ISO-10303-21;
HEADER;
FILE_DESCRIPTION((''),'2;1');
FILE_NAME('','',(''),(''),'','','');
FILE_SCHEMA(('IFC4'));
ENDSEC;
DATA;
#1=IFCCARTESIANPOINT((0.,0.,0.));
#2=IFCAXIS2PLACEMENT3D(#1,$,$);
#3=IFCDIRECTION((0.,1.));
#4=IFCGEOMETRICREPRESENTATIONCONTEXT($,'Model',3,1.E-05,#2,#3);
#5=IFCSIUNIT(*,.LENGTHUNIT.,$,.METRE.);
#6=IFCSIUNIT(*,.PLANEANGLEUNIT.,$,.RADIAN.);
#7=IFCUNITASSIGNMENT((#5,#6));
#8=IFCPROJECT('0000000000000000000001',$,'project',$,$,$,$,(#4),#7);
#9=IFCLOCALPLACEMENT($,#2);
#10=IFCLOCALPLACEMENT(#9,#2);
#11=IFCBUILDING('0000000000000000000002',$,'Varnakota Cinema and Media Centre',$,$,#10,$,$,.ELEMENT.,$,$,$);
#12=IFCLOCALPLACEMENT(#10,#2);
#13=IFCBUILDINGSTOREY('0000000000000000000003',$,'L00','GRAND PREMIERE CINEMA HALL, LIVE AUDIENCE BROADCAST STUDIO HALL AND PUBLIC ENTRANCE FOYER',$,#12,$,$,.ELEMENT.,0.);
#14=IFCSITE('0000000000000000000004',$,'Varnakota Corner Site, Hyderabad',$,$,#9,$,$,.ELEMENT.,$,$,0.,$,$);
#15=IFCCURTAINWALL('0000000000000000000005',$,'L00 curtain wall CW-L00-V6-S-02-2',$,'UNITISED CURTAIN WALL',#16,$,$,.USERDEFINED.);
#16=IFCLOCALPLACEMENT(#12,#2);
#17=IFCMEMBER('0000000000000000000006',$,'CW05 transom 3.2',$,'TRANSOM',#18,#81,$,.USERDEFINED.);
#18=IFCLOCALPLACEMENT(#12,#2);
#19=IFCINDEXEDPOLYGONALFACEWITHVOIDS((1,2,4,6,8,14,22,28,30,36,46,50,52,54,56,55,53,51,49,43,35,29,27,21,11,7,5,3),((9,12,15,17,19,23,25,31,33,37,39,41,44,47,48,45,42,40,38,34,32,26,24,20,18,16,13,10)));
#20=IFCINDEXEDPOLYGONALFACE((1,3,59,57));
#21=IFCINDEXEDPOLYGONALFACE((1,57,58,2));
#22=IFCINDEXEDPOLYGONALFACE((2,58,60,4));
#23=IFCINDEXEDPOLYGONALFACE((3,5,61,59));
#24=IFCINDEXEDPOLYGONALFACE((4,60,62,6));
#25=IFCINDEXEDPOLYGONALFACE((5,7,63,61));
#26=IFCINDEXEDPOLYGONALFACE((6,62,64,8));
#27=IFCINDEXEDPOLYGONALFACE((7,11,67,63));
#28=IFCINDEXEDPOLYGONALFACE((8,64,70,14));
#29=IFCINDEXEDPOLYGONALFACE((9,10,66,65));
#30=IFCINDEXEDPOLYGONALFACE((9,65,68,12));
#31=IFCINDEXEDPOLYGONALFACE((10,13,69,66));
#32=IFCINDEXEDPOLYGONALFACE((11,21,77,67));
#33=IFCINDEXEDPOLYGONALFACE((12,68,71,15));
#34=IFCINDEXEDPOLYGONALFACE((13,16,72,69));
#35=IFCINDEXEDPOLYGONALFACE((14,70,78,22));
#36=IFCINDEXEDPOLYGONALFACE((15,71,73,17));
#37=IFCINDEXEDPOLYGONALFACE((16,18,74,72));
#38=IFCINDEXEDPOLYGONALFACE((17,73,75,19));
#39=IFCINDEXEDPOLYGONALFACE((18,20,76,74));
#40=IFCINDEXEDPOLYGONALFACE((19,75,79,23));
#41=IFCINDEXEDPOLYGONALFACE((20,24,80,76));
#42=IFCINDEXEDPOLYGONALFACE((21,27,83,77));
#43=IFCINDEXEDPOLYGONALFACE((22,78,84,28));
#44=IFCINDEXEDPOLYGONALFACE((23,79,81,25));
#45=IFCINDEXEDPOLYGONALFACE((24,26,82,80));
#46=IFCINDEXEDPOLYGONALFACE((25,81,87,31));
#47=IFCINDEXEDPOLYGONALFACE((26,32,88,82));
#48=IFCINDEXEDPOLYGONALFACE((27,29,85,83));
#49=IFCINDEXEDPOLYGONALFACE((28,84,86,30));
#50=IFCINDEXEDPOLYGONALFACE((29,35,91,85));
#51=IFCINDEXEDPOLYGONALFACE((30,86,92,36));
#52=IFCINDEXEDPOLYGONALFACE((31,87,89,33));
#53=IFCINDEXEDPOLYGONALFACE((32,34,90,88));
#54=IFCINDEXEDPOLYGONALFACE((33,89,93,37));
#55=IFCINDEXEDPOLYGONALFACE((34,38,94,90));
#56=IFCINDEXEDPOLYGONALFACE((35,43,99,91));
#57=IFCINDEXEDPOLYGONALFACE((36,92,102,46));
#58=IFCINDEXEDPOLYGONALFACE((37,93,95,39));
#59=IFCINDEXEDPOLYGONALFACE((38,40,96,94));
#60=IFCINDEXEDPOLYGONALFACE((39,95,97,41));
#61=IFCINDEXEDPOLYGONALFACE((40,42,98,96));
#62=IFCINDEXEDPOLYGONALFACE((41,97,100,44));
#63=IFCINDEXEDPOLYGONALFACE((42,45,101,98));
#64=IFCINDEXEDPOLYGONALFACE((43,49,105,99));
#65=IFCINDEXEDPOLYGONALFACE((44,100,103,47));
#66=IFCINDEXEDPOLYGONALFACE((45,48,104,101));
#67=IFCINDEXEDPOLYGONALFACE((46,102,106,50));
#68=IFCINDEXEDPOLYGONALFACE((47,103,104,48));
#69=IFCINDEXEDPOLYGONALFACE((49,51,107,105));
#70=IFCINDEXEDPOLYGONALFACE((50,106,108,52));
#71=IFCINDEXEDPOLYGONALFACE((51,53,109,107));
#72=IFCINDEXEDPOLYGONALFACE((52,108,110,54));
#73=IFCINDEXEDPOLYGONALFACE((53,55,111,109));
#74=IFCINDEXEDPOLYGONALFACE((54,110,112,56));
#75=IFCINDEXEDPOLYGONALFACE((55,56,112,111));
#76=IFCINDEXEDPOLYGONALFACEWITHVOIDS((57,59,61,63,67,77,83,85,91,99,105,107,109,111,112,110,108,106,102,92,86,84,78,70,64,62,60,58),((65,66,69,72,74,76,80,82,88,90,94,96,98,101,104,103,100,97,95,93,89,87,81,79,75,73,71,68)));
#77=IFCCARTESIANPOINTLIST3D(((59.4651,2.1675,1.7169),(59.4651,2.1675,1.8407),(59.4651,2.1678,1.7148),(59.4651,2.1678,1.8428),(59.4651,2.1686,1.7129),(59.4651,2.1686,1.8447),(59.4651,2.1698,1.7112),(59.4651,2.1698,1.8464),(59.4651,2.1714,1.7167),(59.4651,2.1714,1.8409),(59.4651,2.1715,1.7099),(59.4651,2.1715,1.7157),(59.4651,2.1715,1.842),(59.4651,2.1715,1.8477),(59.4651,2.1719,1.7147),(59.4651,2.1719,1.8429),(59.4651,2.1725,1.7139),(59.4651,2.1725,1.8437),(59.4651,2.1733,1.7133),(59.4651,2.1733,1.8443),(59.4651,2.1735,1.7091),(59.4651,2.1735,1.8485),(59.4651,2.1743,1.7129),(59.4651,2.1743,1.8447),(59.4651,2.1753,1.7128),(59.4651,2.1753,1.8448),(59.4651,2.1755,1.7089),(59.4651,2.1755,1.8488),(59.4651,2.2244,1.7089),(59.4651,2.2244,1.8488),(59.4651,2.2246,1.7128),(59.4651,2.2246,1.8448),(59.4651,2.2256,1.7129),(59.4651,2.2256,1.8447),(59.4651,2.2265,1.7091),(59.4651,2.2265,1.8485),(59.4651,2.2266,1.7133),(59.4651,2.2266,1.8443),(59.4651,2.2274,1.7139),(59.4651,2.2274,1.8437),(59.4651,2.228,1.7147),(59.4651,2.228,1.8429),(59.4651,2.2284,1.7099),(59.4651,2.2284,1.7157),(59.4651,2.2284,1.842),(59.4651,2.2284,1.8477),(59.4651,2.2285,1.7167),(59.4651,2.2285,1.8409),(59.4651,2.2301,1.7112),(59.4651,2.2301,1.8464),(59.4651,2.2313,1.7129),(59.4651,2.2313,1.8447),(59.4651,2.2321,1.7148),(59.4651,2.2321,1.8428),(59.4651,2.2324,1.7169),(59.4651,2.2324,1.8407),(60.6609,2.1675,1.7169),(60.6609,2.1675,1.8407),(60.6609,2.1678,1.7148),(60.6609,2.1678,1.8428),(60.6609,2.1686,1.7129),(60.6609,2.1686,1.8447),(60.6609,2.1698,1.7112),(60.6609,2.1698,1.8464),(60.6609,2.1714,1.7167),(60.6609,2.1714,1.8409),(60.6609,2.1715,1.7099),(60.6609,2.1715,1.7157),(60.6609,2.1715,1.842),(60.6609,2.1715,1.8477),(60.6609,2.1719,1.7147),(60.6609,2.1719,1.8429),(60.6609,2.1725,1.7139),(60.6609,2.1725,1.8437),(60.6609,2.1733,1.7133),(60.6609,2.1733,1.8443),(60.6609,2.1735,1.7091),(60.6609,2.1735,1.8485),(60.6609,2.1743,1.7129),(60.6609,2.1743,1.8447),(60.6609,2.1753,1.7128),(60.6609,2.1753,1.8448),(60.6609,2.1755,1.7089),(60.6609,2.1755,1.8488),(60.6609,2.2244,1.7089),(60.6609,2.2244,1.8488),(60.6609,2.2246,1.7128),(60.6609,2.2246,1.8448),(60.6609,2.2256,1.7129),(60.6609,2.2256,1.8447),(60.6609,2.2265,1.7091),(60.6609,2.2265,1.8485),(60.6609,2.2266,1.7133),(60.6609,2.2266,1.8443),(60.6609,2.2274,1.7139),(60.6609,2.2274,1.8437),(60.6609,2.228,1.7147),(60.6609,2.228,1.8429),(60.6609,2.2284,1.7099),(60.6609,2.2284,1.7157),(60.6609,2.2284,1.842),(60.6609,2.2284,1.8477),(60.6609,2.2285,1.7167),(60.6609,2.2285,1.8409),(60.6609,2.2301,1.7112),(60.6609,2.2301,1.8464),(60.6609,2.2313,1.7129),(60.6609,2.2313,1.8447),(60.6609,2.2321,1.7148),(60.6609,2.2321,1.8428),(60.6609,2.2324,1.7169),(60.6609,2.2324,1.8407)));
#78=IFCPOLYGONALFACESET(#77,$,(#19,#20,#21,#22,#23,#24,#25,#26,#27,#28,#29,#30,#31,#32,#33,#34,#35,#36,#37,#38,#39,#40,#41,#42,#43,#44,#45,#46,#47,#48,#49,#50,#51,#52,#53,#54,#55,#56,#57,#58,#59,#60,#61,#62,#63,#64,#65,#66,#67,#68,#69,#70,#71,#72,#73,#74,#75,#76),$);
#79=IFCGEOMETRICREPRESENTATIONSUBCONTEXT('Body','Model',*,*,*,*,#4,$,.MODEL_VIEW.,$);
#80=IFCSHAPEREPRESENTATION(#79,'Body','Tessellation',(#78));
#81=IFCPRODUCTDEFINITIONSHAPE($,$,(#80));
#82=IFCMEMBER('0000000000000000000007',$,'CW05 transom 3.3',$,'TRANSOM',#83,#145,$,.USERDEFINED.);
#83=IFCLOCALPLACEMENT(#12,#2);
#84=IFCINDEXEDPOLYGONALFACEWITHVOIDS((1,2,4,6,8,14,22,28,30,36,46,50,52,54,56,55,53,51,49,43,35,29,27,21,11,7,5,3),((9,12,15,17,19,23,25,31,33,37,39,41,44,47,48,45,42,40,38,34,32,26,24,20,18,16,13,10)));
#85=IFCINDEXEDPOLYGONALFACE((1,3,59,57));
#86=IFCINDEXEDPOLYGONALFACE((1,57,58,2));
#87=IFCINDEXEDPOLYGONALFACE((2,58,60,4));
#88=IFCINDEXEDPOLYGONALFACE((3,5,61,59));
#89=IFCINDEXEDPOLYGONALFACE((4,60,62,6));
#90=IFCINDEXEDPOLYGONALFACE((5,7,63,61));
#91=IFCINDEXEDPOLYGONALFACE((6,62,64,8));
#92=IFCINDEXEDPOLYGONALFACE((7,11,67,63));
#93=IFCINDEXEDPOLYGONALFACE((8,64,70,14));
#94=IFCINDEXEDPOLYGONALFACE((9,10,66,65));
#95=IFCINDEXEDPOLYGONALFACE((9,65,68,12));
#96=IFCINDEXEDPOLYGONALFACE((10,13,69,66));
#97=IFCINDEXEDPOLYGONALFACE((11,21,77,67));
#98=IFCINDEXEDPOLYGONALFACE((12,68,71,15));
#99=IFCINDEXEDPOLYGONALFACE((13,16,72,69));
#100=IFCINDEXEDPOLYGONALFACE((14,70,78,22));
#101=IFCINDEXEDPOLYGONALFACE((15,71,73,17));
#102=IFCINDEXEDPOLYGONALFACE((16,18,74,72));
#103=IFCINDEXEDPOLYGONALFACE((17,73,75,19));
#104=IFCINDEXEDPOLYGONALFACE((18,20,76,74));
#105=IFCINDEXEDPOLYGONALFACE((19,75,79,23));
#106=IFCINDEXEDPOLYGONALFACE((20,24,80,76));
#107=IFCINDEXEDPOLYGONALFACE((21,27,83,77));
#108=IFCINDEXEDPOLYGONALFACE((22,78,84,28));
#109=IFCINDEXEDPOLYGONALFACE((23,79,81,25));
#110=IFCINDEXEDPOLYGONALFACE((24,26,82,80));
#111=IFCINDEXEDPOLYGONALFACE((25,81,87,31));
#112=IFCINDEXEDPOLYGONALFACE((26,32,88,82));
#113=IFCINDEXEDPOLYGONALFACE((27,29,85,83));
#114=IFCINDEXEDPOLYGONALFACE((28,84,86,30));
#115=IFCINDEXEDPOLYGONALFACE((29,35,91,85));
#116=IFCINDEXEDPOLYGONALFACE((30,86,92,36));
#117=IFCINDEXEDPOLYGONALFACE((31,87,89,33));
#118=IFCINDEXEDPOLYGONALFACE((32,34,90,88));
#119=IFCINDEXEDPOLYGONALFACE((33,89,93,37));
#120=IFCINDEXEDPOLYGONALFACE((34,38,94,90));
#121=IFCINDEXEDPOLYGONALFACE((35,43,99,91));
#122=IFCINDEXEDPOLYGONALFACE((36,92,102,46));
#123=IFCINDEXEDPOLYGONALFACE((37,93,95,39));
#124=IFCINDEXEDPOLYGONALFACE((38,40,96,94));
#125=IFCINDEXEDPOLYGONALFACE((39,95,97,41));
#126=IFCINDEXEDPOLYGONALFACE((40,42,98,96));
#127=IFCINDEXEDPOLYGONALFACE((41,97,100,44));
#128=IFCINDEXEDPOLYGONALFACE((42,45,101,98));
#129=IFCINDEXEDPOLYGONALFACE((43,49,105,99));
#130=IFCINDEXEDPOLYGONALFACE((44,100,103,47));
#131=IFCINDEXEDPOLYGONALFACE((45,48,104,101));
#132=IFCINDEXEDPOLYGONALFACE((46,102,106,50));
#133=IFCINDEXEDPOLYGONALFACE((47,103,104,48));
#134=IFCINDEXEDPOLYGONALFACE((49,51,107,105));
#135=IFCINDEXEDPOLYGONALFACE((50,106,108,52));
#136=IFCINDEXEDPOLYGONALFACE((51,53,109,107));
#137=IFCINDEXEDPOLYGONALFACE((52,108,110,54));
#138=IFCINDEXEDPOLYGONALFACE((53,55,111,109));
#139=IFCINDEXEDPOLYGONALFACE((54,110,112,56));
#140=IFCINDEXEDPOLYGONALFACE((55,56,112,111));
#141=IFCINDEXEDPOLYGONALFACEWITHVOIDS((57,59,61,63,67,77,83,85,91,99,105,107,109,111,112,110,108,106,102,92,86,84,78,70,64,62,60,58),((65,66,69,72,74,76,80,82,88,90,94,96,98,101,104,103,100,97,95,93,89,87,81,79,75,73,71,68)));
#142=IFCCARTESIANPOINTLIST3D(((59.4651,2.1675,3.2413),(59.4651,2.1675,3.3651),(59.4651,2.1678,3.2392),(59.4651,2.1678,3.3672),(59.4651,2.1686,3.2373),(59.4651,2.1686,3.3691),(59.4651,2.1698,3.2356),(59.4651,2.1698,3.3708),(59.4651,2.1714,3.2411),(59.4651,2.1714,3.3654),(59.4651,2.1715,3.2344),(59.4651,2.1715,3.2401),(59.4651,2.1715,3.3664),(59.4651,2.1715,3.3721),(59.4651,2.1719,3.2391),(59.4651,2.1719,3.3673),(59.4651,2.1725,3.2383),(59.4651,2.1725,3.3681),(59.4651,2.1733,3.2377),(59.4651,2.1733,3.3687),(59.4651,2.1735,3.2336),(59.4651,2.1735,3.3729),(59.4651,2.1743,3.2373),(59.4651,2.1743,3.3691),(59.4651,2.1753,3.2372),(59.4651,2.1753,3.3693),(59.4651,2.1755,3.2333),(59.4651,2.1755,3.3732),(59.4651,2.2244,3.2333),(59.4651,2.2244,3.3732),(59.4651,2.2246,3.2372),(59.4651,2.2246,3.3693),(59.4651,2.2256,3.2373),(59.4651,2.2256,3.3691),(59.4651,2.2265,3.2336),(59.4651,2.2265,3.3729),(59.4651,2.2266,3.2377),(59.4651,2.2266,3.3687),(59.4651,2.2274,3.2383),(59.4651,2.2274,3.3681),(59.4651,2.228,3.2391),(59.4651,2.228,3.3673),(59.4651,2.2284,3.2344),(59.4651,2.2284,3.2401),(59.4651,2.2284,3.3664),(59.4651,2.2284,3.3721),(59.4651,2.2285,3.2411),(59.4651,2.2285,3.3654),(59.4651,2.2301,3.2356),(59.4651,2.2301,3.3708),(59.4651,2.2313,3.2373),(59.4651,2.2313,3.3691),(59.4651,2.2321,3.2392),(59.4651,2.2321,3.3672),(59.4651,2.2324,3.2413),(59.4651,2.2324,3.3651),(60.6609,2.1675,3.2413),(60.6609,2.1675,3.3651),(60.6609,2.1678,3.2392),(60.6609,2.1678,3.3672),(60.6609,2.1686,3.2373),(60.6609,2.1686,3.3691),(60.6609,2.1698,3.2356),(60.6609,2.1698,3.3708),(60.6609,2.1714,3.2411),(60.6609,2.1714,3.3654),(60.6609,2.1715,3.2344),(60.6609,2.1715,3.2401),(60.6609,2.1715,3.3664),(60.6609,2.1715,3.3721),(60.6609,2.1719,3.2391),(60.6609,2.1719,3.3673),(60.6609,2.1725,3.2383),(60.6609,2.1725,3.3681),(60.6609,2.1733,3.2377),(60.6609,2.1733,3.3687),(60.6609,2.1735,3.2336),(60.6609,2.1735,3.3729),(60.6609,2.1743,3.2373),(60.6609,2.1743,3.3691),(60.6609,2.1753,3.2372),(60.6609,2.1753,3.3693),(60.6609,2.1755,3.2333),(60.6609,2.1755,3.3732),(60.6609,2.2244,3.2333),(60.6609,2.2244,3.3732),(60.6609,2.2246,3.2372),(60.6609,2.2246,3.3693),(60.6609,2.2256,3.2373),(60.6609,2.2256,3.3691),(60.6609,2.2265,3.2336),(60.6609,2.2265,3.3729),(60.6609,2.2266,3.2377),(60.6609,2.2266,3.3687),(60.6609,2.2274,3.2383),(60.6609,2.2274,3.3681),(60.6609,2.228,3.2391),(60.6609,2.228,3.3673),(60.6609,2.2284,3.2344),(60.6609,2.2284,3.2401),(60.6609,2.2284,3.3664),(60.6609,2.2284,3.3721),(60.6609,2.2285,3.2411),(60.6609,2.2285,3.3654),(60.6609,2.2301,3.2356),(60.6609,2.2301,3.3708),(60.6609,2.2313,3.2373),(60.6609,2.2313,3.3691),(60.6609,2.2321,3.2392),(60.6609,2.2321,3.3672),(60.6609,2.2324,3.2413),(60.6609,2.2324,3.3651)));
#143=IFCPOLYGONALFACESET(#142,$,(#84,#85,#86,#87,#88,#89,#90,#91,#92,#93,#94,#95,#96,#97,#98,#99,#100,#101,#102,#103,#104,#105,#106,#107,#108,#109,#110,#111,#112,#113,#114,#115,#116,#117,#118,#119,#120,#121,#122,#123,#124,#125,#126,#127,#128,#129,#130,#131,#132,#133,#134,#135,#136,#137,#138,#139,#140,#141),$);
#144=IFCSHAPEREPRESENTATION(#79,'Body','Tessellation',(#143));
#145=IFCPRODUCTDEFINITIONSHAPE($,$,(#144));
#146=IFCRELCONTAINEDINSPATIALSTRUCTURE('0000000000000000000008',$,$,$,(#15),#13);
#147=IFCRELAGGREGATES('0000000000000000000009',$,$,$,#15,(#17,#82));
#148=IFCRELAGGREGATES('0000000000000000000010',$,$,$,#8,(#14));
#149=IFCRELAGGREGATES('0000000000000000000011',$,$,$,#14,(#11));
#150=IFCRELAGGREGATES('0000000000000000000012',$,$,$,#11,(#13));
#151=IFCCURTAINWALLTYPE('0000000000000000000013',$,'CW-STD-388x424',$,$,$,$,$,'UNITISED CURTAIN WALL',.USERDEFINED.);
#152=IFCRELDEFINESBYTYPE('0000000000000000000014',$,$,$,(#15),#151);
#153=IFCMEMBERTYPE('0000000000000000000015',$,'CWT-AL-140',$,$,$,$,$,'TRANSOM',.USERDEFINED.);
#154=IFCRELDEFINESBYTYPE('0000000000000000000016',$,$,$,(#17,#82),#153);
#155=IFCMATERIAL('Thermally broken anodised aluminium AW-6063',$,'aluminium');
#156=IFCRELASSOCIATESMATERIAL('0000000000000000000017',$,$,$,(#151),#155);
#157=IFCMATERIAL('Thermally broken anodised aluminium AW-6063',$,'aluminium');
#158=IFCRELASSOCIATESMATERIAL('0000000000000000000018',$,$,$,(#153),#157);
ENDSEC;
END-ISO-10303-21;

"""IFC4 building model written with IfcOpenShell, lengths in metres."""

from ifc_helpers import new_model, si_unit, direction, frame, origin, origin_2d, place, context, subcontext, project, spatial, hollow_rectangle, extrude, material, material_profile, profile_set, type_object, element, aggregate, save


model = new_model("IFC4")

# Units and contexts
model_context = context("Model", 3, precision=1e-05, world=origin(), true_north=direction((0.0, 1.0)))
body_context = subcontext(model_context, "Body", "Model", "MODEL_VIEW")
ifc_project = project(units=[si_unit("LENGTHUNIT", "METRE"), si_unit("PLANEANGLEUNIT", "RADIAN")], contexts=[model_context])

# Site, building, storey
site_placement = place(None, origin())
site = spatial("IfcSite", under=ifc_project, at=site_placement, Name="Varnakota Corner Site, Hyderabad", CompositionType="ELEMENT", RefElevation=0.0)
building_placement = place(site_placement, origin())
building = spatial("IfcBuilding", under=site, at=building_placement, Name="Varnakota Cinema and Media Centre", CompositionType="ELEMENT")
storey_placement = place(building_placement, origin())
storey = spatial("IfcBuildingStorey", under=building, at=storey_placement, Name="L00", Description="GRAND PREMIERE CINEMA HALL, LIVE AUDIENCE BROADCAST STUDIO HALL AND PUBLIC ENTRANCE FOYER", CompositionType="ELEMENT", Elevation=0.0)

# Curtain wall, members
ifc_material_1 = material(Name="Thermally broken anodised aluminium AW-6063", Category="aluminium")
curtain_wall_type = type_object("IfcCurtainWallType", Name="CW-STD-388x424", ElementType="UNITISED CURTAIN WALL", PredefinedType="USERDEFINED", material=ifc_material_1)
curtain_wall_placement = place(storey_placement, origin())
curtain_wall = element("IfcCurtainWall", 1, at=curtain_wall_placement, inside=storey, type_object=curtain_wall_type, Name="L00 curtain wall CW-L00-V6-S-02-2", ObjectType="UNITISED CURTAIN WALL", PredefinedType="USERDEFINED")
ifc_material_2 = material(Name="Thermally broken anodised aluminium AW-6063", Category="aluminium")
ifc_material_profile_1 = material_profile(ifc_material_2, hollow_rectangle(XDim=0.0649, YDim=0.1399, WallThickness=0.0039, InnerFilletRadius=0.0039, OuterFilletRadius=0.0081, at=origin_2d()), Name="AL-TRANSOM 140x65x4")
ifc_profile_set_1 = profile_set([ifc_material_profile_1], Name="Thermally broken anodised aluminium AW-6063")
member_type_1 = type_object("IfcMemberType", Name="CWT-AL-140", ElementType="TRANSOM", PredefinedType="USERDEFINED", material=ifc_profile_set_1)
member_1_placement = place(storey_placement, frame((60.6609, 2.2, 1.7788), z_axis=(-1.0, 0.0, 0.0), x_axis=(0.0, -1.0, 0.0)))
member_1 = element("IfcMember", 2, at=member_1_placement, type_object=member_type_1, Name="CW05 transom 3.2", ObjectType="TRANSOM", PredefinedType="USERDEFINED", context=body_context, shape_type="SweptSolid", body=[
    extrude(hollow_rectangle(XDim=0.0649, YDim=0.1399, WallThickness=0.0039, InnerFilletRadius=0.0039, OuterFilletRadius=0.0081, at=origin_2d()), origin(), (0.0, 0.0, 1.0), 1.1958),
])
member_2_placement = place(storey_placement, frame((60.6609, 2.2, 3.3032), z_axis=(-1.0, 0.0, 0.0), x_axis=(0.0, -1.0, 0.0)))
member_2 = element("IfcMember", 3, at=member_2_placement, type_object=member_type_1, Name="CW05 transom 3.3", ObjectType="TRANSOM", PredefinedType="USERDEFINED", context=body_context, shape_type="SweptSolid", body=[
    extrude(hollow_rectangle(XDim=0.0649, YDim=0.1399, WallThickness=0.0039, InnerFilletRadius=0.0039, OuterFilletRadius=0.0081, at=origin_2d()), origin(), (0.0, 0.0, 1.0), 1.1958),
])
aggregate(curtain_wall, [member_1, member_2])

save(model, "model.ifc")
